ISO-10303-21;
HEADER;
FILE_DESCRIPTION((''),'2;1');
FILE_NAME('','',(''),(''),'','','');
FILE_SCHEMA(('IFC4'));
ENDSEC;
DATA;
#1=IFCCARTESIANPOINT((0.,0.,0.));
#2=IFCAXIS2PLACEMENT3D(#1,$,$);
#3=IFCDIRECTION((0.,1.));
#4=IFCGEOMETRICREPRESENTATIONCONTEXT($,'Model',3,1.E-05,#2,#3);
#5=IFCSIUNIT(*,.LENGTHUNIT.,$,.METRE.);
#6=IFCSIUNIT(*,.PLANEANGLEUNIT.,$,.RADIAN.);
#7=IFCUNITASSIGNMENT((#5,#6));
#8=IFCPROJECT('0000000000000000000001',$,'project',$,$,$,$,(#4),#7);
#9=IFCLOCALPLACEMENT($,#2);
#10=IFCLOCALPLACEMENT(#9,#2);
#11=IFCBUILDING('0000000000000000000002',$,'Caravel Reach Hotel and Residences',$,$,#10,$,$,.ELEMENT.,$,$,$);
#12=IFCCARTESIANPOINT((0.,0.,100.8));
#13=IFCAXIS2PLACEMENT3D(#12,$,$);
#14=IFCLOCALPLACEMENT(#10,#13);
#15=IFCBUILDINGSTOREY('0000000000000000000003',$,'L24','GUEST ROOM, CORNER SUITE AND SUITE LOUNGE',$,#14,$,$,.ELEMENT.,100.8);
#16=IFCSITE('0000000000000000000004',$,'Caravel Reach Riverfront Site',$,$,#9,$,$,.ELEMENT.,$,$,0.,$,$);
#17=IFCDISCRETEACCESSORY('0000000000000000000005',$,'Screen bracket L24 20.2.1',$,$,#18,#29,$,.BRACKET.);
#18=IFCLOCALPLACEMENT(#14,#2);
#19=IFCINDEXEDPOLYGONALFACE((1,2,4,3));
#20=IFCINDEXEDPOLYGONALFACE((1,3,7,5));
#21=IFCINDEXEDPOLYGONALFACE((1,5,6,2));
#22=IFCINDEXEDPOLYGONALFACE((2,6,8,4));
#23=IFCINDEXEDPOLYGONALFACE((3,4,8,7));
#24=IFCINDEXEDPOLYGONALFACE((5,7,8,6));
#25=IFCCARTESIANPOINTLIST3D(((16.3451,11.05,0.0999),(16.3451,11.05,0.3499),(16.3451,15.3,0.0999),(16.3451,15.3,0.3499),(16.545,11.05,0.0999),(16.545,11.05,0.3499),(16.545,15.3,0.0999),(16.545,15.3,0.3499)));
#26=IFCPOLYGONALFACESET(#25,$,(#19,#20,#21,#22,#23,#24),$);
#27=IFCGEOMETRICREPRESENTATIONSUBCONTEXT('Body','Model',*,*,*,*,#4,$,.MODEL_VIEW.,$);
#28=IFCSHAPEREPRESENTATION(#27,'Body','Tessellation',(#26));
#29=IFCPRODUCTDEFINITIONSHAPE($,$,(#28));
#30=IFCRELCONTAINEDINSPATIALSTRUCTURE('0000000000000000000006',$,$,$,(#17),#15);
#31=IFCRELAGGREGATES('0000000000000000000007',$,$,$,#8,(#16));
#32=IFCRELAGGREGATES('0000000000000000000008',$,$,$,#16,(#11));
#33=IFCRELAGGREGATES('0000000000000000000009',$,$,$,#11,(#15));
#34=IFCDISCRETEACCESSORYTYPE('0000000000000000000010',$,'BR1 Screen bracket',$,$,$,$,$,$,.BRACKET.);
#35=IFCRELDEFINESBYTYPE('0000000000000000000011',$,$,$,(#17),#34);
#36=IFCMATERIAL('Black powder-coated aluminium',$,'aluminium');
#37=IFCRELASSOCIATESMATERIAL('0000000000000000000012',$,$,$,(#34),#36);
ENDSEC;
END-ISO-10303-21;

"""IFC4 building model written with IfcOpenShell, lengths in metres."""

from ifc_helpers import new_model, si_unit, direction, frame, origin, origin_2d, place, context, subcontext, project, spatial, rectangle, extrude, material, type_object, element, save


model = new_model("IFC4")

# Units and contexts
model_context = context("Model", 3, precision=1e-05, world=origin(), true_north=direction((0.0, 1.0)))
body_context = subcontext(model_context, "Body", "Model", "MODEL_VIEW")
ifc_project = project(units=[si_unit("LENGTHUNIT", "METRE"), si_unit("PLANEANGLEUNIT", "RADIAN")], contexts=[model_context])

# Site, building, storey
site_placement = place(None, origin())
site = spatial("IfcSite", under=ifc_project, at=site_placement, Name="Caravel Reach Riverfront Site", CompositionType="ELEMENT", RefElevation=0.0)
building_placement = place(site_placement, origin())
building = spatial("IfcBuilding", under=site, at=building_placement, Name="Caravel Reach Hotel and Residences", CompositionType="ELEMENT")
storey_placement = place(building_placement, frame((0.0, 0.0, 100.8)))
storey = spatial("IfcBuildingStorey", under=building, at=storey_placement, Name="L24", Description="GUEST ROOM, CORNER SUITE AND SUITE LOUNGE", CompositionType="ELEMENT", Elevation=100.8)

# Discrete accessory
ifc_material_1 = material(Name="Black powder-coated aluminium", Category="aluminium")
discrete_accessory_type = type_object("IfcDiscreteAccessoryType", Name="BR1 Screen bracket", PredefinedType="BRACKET", material=ifc_material_1)
discrete_accessory_1_placement = place(storey_placement, frame((16.4451, 13.175, 0.0999), z_axis=(0.0, 0.0, 1.0), x_axis=(0.0, -1.0, 0.0)))
element("IfcDiscreteAccessory", 1, at=discrete_accessory_1_placement, inside=storey, type_object=discrete_accessory_type, Name="Screen bracket L24 20.2.1", PredefinedType="BRACKET", context=body_context, shape_type="SweptSolid", body=[
    extrude(rectangle(XDim=4.25, YDim=0.2, at=origin_2d()), origin(), (0.0, 0.0, 1.0), 0.25),
])

save(model, "model.ifc")
